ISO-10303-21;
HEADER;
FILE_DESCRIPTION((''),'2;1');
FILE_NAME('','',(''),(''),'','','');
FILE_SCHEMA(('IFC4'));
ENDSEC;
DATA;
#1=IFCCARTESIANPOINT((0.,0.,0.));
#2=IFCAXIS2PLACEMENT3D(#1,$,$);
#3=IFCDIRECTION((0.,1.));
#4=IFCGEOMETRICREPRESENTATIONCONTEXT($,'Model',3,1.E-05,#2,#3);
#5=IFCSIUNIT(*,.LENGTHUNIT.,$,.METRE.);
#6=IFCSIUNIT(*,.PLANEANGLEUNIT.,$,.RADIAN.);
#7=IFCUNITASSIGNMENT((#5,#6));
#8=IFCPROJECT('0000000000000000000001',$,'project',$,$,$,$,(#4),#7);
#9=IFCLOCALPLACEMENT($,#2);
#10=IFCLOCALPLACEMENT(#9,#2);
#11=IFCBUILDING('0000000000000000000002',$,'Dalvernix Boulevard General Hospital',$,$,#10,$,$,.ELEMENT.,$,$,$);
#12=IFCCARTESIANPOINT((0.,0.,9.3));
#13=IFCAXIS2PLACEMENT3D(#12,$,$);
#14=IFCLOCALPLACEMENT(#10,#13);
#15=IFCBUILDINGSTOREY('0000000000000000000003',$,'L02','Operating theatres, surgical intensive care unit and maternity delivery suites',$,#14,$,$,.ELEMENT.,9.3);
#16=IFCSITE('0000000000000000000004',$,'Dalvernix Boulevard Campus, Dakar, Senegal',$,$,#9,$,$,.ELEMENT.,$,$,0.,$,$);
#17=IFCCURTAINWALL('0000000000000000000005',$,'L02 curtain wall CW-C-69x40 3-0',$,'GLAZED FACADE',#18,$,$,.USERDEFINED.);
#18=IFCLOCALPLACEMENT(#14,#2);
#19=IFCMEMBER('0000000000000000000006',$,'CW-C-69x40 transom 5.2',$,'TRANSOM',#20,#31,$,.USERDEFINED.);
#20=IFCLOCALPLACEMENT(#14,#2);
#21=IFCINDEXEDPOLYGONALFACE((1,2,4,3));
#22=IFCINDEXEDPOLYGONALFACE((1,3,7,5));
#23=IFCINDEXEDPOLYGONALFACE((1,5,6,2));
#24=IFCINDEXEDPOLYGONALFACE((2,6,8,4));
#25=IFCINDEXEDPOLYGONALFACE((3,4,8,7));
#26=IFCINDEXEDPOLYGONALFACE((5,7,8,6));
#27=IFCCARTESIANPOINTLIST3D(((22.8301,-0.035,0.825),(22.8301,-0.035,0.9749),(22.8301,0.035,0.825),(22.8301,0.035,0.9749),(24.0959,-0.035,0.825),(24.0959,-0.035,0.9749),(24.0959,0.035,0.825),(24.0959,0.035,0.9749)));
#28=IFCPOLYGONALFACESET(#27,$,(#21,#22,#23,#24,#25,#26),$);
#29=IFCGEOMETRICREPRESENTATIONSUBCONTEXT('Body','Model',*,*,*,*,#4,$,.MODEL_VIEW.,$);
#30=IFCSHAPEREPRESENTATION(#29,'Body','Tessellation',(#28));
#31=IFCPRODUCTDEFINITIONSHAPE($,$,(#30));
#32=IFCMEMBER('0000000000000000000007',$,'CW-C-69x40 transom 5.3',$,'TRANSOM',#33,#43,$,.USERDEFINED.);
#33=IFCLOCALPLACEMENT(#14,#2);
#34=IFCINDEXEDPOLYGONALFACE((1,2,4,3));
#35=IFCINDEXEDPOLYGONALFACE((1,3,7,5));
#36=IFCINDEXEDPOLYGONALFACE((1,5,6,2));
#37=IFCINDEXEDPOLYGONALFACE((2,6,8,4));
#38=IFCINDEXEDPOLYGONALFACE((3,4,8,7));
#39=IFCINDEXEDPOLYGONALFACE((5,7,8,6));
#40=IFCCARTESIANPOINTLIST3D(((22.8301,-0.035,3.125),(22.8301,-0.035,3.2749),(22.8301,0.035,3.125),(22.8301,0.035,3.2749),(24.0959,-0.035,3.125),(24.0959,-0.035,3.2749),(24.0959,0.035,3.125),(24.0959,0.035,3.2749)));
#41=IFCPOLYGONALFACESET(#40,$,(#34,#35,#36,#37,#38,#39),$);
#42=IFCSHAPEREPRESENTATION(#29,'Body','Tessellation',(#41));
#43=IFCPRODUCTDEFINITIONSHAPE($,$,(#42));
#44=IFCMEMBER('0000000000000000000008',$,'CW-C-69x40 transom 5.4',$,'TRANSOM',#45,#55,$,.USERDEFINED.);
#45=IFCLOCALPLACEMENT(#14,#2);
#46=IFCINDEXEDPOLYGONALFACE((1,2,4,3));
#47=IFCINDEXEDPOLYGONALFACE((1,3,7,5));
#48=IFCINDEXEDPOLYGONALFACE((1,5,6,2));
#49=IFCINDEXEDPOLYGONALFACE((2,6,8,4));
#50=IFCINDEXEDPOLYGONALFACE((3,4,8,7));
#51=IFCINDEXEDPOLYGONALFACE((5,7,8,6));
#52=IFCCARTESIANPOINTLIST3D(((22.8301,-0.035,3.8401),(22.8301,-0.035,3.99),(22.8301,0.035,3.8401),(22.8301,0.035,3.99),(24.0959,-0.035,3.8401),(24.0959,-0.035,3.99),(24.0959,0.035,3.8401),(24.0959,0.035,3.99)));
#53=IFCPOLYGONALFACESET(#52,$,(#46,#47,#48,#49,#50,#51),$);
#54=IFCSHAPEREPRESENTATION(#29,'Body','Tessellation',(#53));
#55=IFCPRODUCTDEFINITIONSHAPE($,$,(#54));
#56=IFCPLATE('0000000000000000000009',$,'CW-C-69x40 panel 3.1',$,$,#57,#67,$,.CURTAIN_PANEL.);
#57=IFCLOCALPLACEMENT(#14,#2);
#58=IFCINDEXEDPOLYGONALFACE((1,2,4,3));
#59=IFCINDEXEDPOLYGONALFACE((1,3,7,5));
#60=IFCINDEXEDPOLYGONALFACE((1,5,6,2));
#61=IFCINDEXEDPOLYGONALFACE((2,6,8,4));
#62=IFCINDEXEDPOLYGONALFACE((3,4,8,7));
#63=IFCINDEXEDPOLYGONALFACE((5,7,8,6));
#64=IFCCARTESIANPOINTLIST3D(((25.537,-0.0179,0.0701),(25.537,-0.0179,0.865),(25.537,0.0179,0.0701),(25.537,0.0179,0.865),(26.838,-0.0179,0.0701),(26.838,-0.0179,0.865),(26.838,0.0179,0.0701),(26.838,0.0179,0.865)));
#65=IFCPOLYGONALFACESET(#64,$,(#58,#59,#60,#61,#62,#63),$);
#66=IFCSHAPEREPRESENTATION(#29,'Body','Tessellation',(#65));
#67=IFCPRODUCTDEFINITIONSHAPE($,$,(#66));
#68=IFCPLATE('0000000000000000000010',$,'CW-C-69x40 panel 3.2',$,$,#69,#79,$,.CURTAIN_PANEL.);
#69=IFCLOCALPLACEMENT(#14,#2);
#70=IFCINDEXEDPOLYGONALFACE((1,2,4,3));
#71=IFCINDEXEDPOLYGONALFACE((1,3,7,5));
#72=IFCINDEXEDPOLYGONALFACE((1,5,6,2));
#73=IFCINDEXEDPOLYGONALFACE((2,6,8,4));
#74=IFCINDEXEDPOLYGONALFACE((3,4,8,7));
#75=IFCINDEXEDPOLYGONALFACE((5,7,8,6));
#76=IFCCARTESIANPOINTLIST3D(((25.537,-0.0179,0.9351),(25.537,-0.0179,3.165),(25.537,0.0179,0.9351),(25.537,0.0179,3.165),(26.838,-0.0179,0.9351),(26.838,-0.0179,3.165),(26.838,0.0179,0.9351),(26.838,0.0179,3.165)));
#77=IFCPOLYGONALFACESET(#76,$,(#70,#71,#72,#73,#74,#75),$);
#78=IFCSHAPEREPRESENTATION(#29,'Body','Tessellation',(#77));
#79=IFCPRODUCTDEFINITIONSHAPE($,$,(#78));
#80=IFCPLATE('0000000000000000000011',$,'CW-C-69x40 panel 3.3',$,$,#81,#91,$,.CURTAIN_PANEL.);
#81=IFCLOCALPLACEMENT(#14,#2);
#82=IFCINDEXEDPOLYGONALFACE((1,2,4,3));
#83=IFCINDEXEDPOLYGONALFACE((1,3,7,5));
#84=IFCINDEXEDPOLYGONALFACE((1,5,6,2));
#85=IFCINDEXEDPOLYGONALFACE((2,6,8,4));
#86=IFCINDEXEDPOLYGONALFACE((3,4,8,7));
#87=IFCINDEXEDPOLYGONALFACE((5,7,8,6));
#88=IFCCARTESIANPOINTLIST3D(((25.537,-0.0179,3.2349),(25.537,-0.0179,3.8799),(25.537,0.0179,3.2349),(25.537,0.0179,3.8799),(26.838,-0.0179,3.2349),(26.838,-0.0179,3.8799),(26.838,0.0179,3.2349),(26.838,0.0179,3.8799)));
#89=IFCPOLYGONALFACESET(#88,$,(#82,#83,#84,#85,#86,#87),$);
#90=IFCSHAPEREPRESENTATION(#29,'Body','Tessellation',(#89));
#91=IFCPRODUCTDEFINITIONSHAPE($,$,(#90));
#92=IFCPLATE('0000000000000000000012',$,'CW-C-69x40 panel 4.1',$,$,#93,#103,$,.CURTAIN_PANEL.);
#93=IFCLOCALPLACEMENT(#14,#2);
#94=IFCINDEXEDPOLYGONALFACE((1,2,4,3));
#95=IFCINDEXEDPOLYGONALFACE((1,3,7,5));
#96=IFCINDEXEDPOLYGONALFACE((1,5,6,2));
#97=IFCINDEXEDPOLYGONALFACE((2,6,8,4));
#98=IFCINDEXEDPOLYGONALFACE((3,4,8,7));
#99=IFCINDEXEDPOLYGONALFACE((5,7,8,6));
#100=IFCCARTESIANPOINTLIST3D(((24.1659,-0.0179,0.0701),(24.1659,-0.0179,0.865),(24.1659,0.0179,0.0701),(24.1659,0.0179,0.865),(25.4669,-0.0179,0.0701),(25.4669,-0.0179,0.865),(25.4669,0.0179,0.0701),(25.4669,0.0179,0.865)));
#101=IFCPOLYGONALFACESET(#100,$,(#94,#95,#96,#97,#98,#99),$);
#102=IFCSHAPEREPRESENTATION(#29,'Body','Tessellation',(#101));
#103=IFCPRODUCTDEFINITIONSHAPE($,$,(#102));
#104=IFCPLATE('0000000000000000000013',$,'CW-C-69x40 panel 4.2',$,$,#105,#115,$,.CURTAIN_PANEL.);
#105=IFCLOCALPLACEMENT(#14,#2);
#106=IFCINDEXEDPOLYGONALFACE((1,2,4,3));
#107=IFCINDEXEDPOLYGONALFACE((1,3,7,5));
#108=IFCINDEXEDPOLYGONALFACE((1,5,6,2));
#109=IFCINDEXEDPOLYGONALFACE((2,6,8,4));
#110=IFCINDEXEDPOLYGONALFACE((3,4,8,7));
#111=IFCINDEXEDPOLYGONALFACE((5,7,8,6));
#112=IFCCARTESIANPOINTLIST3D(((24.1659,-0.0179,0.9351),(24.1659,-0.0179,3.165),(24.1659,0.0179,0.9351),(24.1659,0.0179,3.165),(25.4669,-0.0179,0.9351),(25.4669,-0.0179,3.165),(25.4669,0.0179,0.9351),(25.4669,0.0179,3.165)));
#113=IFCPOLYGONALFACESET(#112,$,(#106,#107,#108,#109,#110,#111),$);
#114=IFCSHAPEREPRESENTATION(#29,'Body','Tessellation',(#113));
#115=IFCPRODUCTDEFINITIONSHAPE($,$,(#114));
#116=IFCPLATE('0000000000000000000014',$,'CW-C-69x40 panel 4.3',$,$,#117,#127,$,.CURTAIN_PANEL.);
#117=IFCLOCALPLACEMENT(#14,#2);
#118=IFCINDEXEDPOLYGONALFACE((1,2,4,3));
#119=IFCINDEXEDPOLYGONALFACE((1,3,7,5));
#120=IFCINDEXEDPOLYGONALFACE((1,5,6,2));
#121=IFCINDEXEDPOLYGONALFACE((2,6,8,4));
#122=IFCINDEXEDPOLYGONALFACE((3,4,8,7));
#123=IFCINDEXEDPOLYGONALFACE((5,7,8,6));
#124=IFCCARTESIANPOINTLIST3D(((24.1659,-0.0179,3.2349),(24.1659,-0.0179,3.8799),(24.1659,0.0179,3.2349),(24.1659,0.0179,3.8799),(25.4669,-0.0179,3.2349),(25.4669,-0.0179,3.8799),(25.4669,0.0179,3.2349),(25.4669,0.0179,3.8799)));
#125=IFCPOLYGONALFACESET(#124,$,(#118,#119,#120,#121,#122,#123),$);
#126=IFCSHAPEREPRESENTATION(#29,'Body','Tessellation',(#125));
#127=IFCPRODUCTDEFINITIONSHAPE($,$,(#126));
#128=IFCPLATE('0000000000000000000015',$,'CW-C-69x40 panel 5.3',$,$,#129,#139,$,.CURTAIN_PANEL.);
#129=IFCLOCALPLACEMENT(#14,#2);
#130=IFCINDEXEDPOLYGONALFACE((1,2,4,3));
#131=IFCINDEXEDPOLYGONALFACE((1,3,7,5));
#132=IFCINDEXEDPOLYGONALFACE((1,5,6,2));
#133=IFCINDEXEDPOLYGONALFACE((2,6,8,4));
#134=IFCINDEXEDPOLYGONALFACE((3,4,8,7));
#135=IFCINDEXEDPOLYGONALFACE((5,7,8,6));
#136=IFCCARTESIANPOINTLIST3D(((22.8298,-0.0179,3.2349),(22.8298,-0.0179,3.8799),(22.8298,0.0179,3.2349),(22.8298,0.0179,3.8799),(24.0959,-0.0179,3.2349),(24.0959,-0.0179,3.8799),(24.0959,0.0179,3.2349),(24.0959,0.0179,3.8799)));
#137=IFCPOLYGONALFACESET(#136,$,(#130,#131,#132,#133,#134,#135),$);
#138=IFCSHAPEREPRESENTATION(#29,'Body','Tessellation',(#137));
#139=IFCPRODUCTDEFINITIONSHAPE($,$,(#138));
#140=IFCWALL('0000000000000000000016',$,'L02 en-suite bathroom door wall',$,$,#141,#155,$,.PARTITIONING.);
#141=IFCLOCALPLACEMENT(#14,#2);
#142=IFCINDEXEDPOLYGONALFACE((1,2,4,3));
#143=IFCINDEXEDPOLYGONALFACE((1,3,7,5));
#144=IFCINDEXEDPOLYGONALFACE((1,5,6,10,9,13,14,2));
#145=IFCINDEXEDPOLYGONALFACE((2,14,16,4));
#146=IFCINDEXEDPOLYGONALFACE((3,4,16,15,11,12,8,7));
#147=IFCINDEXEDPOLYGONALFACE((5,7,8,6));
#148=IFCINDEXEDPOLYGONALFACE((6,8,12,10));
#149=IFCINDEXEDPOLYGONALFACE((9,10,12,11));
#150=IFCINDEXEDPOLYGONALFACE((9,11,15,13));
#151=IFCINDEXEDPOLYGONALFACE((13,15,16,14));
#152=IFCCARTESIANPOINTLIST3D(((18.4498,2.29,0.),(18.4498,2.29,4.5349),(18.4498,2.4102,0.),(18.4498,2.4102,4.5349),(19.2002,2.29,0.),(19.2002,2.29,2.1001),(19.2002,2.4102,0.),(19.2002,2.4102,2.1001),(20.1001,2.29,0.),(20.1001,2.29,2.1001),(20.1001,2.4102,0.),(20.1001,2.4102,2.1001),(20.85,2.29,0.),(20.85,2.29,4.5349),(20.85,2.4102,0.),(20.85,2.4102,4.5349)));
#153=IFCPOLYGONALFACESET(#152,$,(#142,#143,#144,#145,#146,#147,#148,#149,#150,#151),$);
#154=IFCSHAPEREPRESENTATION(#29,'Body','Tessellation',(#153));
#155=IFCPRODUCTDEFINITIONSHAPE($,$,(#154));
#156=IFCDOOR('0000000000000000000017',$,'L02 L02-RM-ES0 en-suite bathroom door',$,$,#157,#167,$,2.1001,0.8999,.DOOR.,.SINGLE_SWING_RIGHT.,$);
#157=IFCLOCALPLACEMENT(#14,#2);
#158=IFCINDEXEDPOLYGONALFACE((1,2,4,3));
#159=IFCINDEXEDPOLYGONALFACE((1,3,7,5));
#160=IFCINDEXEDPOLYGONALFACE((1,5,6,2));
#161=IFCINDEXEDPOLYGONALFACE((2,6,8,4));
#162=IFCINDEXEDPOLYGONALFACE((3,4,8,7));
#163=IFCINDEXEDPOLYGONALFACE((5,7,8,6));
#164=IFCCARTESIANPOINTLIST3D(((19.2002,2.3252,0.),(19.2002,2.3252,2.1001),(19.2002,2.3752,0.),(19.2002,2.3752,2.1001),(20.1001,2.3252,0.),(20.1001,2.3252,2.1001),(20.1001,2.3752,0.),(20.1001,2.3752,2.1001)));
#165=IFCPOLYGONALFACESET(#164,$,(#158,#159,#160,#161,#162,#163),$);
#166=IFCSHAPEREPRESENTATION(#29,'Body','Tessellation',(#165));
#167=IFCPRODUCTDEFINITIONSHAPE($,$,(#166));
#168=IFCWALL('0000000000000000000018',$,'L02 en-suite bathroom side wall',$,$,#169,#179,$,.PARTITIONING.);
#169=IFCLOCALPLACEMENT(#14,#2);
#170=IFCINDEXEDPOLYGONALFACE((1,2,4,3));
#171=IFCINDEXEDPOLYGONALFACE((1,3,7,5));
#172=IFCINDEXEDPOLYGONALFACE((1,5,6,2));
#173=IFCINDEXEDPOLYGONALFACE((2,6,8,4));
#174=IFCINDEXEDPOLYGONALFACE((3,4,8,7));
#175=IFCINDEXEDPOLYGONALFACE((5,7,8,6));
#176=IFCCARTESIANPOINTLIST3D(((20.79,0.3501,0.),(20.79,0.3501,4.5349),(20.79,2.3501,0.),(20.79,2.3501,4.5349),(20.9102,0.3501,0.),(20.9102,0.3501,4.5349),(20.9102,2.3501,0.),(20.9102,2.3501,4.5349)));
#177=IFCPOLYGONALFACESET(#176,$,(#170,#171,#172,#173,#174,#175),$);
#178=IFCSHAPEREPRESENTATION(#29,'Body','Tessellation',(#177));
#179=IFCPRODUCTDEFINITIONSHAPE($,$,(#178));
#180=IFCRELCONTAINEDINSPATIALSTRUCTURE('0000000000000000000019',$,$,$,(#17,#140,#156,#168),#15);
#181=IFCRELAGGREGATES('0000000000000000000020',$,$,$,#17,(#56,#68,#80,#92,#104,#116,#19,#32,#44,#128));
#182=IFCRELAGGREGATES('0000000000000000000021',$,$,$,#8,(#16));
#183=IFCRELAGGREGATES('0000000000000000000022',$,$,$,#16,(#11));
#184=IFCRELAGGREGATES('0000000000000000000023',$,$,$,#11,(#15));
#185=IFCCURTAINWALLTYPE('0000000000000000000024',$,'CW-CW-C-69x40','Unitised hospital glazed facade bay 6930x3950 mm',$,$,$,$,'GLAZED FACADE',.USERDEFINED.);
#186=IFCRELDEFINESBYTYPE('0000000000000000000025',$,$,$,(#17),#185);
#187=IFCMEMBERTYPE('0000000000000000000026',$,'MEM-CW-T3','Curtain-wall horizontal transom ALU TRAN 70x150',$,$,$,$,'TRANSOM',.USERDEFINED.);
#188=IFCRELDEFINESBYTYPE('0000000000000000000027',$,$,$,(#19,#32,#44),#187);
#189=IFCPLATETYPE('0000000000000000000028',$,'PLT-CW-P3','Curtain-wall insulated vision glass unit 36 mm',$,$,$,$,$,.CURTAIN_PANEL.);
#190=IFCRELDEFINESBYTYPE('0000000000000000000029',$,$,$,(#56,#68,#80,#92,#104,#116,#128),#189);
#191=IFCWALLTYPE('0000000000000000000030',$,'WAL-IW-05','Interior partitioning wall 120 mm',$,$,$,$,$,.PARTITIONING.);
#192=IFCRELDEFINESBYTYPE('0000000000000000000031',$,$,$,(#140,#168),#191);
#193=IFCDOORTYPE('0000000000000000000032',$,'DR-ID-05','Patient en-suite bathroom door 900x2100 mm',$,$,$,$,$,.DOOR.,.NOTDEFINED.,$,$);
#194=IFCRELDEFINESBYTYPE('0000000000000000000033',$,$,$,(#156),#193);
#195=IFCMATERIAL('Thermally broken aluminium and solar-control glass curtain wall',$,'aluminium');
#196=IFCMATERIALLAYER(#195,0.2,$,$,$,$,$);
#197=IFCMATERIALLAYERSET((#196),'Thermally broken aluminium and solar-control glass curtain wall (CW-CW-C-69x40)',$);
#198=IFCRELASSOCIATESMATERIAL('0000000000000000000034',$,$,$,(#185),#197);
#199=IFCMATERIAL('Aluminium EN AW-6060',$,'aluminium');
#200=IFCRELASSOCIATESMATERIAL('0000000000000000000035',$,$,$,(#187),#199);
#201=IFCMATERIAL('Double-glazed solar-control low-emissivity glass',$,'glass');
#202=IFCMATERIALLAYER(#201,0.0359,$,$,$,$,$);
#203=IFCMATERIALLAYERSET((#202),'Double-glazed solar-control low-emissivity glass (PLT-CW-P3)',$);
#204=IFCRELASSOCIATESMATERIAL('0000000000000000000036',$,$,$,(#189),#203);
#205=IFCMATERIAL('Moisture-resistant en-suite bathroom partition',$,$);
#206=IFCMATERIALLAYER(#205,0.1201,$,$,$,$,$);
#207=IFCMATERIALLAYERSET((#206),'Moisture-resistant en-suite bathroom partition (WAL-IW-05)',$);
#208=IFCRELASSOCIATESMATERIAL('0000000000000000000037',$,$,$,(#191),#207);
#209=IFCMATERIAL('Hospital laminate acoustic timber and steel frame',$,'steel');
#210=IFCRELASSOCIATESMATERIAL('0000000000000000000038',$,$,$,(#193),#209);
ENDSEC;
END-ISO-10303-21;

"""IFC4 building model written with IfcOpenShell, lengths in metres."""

from ifc_helpers import new_model, si_unit, direction, frame, frame_2d, origin, origin_2d, place, context, subcontext, project, spatial, rectangle, extrude, material, layer, layer_set, material_profile, profile_set, type_object, element, fill, aggregate, save


model = new_model("IFC4")

# Units and contexts
model_context = context("Model", 3, precision=1e-05, world=origin(), true_north=direction((0.0, 1.0)))
body_context = subcontext(model_context, "Body", "Model", "MODEL_VIEW")
ifc_project = project(units=[si_unit("LENGTHUNIT", "METRE"), si_unit("PLANEANGLEUNIT", "RADIAN")], contexts=[model_context])

# Site, building, storey
site_placement = place(None, origin())
site = spatial("IfcSite", under=ifc_project, at=site_placement, Name="Dalvernix Boulevard Campus, Dakar, Senegal", CompositionType="ELEMENT", RefElevation=0.0)
building_placement = place(site_placement, origin())
building = spatial("IfcBuilding", under=site, at=building_placement, Name="Dalvernix Boulevard General Hospital", CompositionType="ELEMENT")
storey_placement = place(building_placement, frame((0.0, 0.0, 9.3)))
storey = spatial("IfcBuildingStorey", under=building, at=storey_placement, Name="L02", Description="Operating theatres, surgical intensive care unit and maternity delivery suites", CompositionType="ELEMENT", Elevation=9.3)

# Curtain wall, members, plates
ifc_material_1 = material(Name="Thermally broken aluminium and solar-control glass curtain wall", Category="aluminium")
ifc_layer_1 = layer(ifc_material_1, 0.2)
ifc_layer_set_1 = layer_set([ifc_layer_1], Name="Thermally broken aluminium and solar-control glass curtain wall (CW-CW-C-69x40)")
curtain_wall_type = type_object("IfcCurtainWallType", Name="CW-CW-C-69x40", Description="Unitised hospital glazed facade bay 6930x3950 mm", ElementType="GLAZED FACADE", PredefinedType="USERDEFINED", material=ifc_layer_set_1)
curtain_wall_placement = place(storey_placement, origin())
curtain_wall = element("IfcCurtainWall", 1, at=curtain_wall_placement, inside=storey, type_object=curtain_wall_type, Name="L02 curtain wall CW-C-69x40 3-0", ObjectType="GLAZED FACADE", PredefinedType="USERDEFINED")
ifc_material_2 = material(Name="Aluminium EN AW-6060", Category="aluminium")
ifc_material_profile_1 = material_profile(ifc_material_2, rectangle(XDim=0.0701, YDim=0.1499, at=origin_2d()), Name="ALU TRAN 70x150")
ifc_profile_set_1 = profile_set([ifc_material_profile_1], Name="Aluminium EN AW-6060")
member_type_1 = type_object("IfcMemberType", Name="MEM-CW-T3", Description="Curtain-wall horizontal transom ALU TRAN 70x150", ElementType="TRANSOM", PredefinedType="USERDEFINED", material=ifc_profile_set_1)
member_1_placement = place(storey_placement, frame((24.0959, 0.0, 0.8999), z_axis=(-1.0, 0.0, 0.0), x_axis=(0.0, -1.0, 0.0)))
member_1 = element("IfcMember", 2, at=member_1_placement, type_object=member_type_1, Name="CW-C-69x40 transom 5.2", ObjectType="TRANSOM", PredefinedType="USERDEFINED", context=body_context, shape_type="SweptSolid", body=[
    extrude(rectangle(XDim=0.0701, YDim=0.1499, at=origin_2d()), origin(), (0.0, 0.0, 1.0), 1.2659),
])
member_2_placement = place(storey_placement, frame((24.0959, 0.0, 3.2), z_axis=(-1.0, 0.0, 0.0), x_axis=(0.0, -1.0, 0.0)))
member_2 = element("IfcMember", 3, at=member_2_placement, type_object=member_type_1, Name="CW-C-69x40 transom 5.3", ObjectType="TRANSOM", PredefinedType="USERDEFINED", context=body_context, shape_type="SweptSolid", body=[
    extrude(rectangle(XDim=0.0701, YDim=0.1499, at=origin_2d()), origin(), (0.0, 0.0, 1.0), 1.2659),
])
member_3_placement = place(storey_placement, frame((24.0959, 0.0, 3.915), z_axis=(-1.0, 0.0, 0.0), x_axis=(0.0, -1.0, 0.0)))
member_3 = element("IfcMember", 4, at=member_3_placement, type_object=member_type_1, Name="CW-C-69x40 transom 5.4", ObjectType="TRANSOM", PredefinedType="USERDEFINED", context=body_context, shape_type="SweptSolid", body=[
    extrude(rectangle(XDim=0.0701, YDim=0.1499, at=origin_2d()), origin(), (0.0, 0.0, 1.0), 1.2659),
])
ifc_material_3 = material(Name="Double-glazed solar-control low-emissivity glass", Category="glass")
ifc_layer_2 = layer(ifc_material_3, 0.0359)
ifc_layer_set_2 = layer_set([ifc_layer_2], Name="Double-glazed solar-control low-emissivity glass (PLT-CW-P3)")
plate_type = type_object("IfcPlateType", Name="PLT-CW-P3", Description="Curtain-wall insulated vision glass unit 36 mm", PredefinedType="CURTAIN_PANEL", material=ifc_layer_set_2)
plate_1_placement = place(storey_placement, frame((26.1875, 0.0, 0.0701), z_axis=(0.0, 0.0, 1.0), x_axis=(-1.0, 0.0, 0.0)))
plate_1 = element("IfcPlate", 5, at=plate_1_placement, type_object=plate_type, Name="CW-C-69x40 panel 3.1", PredefinedType="CURTAIN_PANEL", context=body_context, shape_type="SweptSolid", body=[
    extrude(rectangle(XDim=1.301, YDim=0.0359, at=origin_2d()), origin(), (0.0, 0.0, 1.0), 0.7949),
])
plate_2_placement = place(storey_placement, frame((26.1875, 0.0, 0.9351), z_axis=(0.0, 0.0, 1.0), x_axis=(-1.0, 0.0, 0.0)))
plate_2 = element("IfcPlate", 6, at=plate_2_placement, type_object=plate_type, Name="CW-C-69x40 panel 3.2", PredefinedType="CURTAIN_PANEL", context=body_context, shape_type="SweptSolid", body=[
    extrude(rectangle(XDim=1.301, YDim=0.0359, at=origin_2d()), origin(), (0.0, 0.0, 1.0), 2.23),
])
plate_3_placement = place(storey_placement, frame((26.1875, 0.0, 3.2349), z_axis=(0.0, 0.0, 1.0), x_axis=(-1.0, 0.0, 0.0)))
plate_3 = element("IfcPlate", 7, at=plate_3_placement, type_object=plate_type, Name="CW-C-69x40 panel 3.3", PredefinedType="CURTAIN_PANEL", context=body_context, shape_type="SweptSolid", body=[
    extrude(rectangle(XDim=1.301, YDim=0.0359, at=origin_2d()), origin(), (0.0, 0.0, 1.0), 0.645),
])
plate_4_placement = place(storey_placement, frame((24.8164, 0.0, 0.0701), z_axis=(0.0, 0.0, 1.0), x_axis=(-1.0, 0.0, 0.0)))
plate_4 = element("IfcPlate", 8, at=plate_4_placement, type_object=plate_type, Name="CW-C-69x40 panel 4.1", PredefinedType="CURTAIN_PANEL", context=body_context, shape_type="SweptSolid", body=[
    extrude(rectangle(XDim=1.301, YDim=0.0359, at=origin_2d()), origin(), (0.0, 0.0, 1.0), 0.7949),
])
plate_5_placement = place(storey_placement, frame((24.8164, 0.0, 0.9351), z_axis=(0.0, 0.0, 1.0), x_axis=(-1.0, 0.0, 0.0)))
plate_5 = element("IfcPlate", 9, at=plate_5_placement, type_object=plate_type, Name="CW-C-69x40 panel 4.2", PredefinedType="CURTAIN_PANEL", context=body_context, shape_type="SweptSolid", body=[
    extrude(rectangle(XDim=1.301, YDim=0.0359, at=origin_2d()), origin(), (0.0, 0.0, 1.0), 2.23),
])
plate_6_placement = place(storey_placement, frame((24.8164, 0.0, 3.2349), z_axis=(0.0, 0.0, 1.0), x_axis=(-1.0, 0.0, 0.0)))
plate_6 = element("IfcPlate", 10, at=plate_6_placement, type_object=plate_type, Name="CW-C-69x40 panel 4.3", PredefinedType="CURTAIN_PANEL", context=body_context, shape_type="SweptSolid", body=[
    extrude(rectangle(XDim=1.301, YDim=0.0359, at=origin_2d()), origin(), (0.0, 0.0, 1.0), 0.645),
])
plate_7_placement = place(storey_placement, frame((23.4629, 0.0, 3.2349), z_axis=(0.0, 0.0, 1.0), x_axis=(-1.0, 0.0, 0.0)))
plate_7 = element("IfcPlate", 11, at=plate_7_placement, type_object=plate_type, Name="CW-C-69x40 panel 5.3", PredefinedType="CURTAIN_PANEL", context=body_context, shape_type="SweptSolid", body=[
    extrude(rectangle(XDim=1.2661, YDim=0.0359, at=origin_2d()), origin(), (0.0, 0.0, 1.0), 0.645),
])
aggregate(curtain_wall, [plate_1, plate_2, plate_3, plate_4, plate_5, plate_6, member_1, member_2, member_3, plate_7])

# Wall, opening, door
ifc_material_4 = material(Name="Moisture-resistant en-suite bathroom partition")
ifc_layer_3 = layer(ifc_material_4, 0.1201)
ifc_layer_set_3 = layer_set([ifc_layer_3], Name="Moisture-resistant en-suite bathroom partition (WAL-IW-05)")
wall_type = type_object("IfcWallType", Name="WAL-IW-05", Description="Interior partitioning wall 120 mm", PredefinedType="PARTITIONING", material=ifc_layer_set_3)
wall_1_placement = place(storey_placement, frame((20.8501, 2.3501, 0.0), z_axis=(0.0, 0.0, 1.0), x_axis=(-1.0, 0.0, 0.0)))
wall_1 = element("IfcWall", 12, at=wall_1_placement, inside=storey, type_object=wall_type, Name="L02 en-suite bathroom door wall", PredefinedType="PARTITIONING", context=body_context, shape_type="SweptSolid", body=[
    extrude(rectangle(XDim=2.4001, YDim=0.1201, at=frame_2d((1.2002, 0.0))), origin(), (0.0, 0.0, 1.0), 4.5349),
])
opening_placement = place(wall_1_placement, frame((0.75, 0.0, 0.0)))
opening = element("IfcOpeningElement", 13, at=opening_placement, cuts=wall_1, PredefinedType="OPENING", context=body_context, shape_type="SweptSolid", body=[
    extrude(rectangle(XDim=0.8999, YDim=2.1001, at=frame_2d((0.45, 1.05))), frame((0.0, 0.0701, 0.0), z_axis=(0.0, -1.0, 0.0), x_axis=(1.0, 0.0, 0.0)), (0.0, 0.0, 1.0), 0.1401),
])
ifc_material_5 = material(Name="Hospital laminate acoustic timber and steel frame", Category="steel")
door_type = type_object("IfcDoorType", Name="DR-ID-05", Description="Patient en-suite bathroom door 900x2100 mm", OperationType="NOTDEFINED", PredefinedType="DOOR", material=ifc_material_5)
door_placement = place(opening_placement, origin())
door = element("IfcDoor", 14, at=door_placement, inside=storey, type_object=door_type, Name="L02 L02-RM-ES0 en-suite bathroom door", OperationType="SINGLE_SWING_RIGHT", OverallHeight=2.1001, OverallWidth=0.8999, PredefinedType="DOOR", context=body_context, shape_type="SweptSolid", body=[
    extrude(rectangle(XDim=0.8999, YDim=2.1001, at=frame_2d((0.45, 1.05))), frame((0.0, 0.0249, 0.0), z_axis=(0.0, -1.0, 0.0), x_axis=(1.0, 0.0, 0.0)), (0.0, 0.0, 1.0), 0.05),
])
fill(opening, door)

# Wall
wall_2_placement = place(storey_placement, frame((20.8501, 0.3501, 0.0), z_axis=(0.0, 0.0, 1.0), x_axis=(0.0, 1.0, 0.0)))
element("IfcWall", 15, at=wall_2_placement, inside=storey, type_object=wall_type, Name="L02 en-suite bathroom side wall", PredefinedType="PARTITIONING", context=body_context, shape_type="SweptSolid", body=[
    extrude(rectangle(XDim=2.0, YDim=0.1201, at=frame_2d((1.0, 0.0))), origin(), (0.0, 0.0, 1.0), 4.5349),
])

save(model, "model.ifc")
